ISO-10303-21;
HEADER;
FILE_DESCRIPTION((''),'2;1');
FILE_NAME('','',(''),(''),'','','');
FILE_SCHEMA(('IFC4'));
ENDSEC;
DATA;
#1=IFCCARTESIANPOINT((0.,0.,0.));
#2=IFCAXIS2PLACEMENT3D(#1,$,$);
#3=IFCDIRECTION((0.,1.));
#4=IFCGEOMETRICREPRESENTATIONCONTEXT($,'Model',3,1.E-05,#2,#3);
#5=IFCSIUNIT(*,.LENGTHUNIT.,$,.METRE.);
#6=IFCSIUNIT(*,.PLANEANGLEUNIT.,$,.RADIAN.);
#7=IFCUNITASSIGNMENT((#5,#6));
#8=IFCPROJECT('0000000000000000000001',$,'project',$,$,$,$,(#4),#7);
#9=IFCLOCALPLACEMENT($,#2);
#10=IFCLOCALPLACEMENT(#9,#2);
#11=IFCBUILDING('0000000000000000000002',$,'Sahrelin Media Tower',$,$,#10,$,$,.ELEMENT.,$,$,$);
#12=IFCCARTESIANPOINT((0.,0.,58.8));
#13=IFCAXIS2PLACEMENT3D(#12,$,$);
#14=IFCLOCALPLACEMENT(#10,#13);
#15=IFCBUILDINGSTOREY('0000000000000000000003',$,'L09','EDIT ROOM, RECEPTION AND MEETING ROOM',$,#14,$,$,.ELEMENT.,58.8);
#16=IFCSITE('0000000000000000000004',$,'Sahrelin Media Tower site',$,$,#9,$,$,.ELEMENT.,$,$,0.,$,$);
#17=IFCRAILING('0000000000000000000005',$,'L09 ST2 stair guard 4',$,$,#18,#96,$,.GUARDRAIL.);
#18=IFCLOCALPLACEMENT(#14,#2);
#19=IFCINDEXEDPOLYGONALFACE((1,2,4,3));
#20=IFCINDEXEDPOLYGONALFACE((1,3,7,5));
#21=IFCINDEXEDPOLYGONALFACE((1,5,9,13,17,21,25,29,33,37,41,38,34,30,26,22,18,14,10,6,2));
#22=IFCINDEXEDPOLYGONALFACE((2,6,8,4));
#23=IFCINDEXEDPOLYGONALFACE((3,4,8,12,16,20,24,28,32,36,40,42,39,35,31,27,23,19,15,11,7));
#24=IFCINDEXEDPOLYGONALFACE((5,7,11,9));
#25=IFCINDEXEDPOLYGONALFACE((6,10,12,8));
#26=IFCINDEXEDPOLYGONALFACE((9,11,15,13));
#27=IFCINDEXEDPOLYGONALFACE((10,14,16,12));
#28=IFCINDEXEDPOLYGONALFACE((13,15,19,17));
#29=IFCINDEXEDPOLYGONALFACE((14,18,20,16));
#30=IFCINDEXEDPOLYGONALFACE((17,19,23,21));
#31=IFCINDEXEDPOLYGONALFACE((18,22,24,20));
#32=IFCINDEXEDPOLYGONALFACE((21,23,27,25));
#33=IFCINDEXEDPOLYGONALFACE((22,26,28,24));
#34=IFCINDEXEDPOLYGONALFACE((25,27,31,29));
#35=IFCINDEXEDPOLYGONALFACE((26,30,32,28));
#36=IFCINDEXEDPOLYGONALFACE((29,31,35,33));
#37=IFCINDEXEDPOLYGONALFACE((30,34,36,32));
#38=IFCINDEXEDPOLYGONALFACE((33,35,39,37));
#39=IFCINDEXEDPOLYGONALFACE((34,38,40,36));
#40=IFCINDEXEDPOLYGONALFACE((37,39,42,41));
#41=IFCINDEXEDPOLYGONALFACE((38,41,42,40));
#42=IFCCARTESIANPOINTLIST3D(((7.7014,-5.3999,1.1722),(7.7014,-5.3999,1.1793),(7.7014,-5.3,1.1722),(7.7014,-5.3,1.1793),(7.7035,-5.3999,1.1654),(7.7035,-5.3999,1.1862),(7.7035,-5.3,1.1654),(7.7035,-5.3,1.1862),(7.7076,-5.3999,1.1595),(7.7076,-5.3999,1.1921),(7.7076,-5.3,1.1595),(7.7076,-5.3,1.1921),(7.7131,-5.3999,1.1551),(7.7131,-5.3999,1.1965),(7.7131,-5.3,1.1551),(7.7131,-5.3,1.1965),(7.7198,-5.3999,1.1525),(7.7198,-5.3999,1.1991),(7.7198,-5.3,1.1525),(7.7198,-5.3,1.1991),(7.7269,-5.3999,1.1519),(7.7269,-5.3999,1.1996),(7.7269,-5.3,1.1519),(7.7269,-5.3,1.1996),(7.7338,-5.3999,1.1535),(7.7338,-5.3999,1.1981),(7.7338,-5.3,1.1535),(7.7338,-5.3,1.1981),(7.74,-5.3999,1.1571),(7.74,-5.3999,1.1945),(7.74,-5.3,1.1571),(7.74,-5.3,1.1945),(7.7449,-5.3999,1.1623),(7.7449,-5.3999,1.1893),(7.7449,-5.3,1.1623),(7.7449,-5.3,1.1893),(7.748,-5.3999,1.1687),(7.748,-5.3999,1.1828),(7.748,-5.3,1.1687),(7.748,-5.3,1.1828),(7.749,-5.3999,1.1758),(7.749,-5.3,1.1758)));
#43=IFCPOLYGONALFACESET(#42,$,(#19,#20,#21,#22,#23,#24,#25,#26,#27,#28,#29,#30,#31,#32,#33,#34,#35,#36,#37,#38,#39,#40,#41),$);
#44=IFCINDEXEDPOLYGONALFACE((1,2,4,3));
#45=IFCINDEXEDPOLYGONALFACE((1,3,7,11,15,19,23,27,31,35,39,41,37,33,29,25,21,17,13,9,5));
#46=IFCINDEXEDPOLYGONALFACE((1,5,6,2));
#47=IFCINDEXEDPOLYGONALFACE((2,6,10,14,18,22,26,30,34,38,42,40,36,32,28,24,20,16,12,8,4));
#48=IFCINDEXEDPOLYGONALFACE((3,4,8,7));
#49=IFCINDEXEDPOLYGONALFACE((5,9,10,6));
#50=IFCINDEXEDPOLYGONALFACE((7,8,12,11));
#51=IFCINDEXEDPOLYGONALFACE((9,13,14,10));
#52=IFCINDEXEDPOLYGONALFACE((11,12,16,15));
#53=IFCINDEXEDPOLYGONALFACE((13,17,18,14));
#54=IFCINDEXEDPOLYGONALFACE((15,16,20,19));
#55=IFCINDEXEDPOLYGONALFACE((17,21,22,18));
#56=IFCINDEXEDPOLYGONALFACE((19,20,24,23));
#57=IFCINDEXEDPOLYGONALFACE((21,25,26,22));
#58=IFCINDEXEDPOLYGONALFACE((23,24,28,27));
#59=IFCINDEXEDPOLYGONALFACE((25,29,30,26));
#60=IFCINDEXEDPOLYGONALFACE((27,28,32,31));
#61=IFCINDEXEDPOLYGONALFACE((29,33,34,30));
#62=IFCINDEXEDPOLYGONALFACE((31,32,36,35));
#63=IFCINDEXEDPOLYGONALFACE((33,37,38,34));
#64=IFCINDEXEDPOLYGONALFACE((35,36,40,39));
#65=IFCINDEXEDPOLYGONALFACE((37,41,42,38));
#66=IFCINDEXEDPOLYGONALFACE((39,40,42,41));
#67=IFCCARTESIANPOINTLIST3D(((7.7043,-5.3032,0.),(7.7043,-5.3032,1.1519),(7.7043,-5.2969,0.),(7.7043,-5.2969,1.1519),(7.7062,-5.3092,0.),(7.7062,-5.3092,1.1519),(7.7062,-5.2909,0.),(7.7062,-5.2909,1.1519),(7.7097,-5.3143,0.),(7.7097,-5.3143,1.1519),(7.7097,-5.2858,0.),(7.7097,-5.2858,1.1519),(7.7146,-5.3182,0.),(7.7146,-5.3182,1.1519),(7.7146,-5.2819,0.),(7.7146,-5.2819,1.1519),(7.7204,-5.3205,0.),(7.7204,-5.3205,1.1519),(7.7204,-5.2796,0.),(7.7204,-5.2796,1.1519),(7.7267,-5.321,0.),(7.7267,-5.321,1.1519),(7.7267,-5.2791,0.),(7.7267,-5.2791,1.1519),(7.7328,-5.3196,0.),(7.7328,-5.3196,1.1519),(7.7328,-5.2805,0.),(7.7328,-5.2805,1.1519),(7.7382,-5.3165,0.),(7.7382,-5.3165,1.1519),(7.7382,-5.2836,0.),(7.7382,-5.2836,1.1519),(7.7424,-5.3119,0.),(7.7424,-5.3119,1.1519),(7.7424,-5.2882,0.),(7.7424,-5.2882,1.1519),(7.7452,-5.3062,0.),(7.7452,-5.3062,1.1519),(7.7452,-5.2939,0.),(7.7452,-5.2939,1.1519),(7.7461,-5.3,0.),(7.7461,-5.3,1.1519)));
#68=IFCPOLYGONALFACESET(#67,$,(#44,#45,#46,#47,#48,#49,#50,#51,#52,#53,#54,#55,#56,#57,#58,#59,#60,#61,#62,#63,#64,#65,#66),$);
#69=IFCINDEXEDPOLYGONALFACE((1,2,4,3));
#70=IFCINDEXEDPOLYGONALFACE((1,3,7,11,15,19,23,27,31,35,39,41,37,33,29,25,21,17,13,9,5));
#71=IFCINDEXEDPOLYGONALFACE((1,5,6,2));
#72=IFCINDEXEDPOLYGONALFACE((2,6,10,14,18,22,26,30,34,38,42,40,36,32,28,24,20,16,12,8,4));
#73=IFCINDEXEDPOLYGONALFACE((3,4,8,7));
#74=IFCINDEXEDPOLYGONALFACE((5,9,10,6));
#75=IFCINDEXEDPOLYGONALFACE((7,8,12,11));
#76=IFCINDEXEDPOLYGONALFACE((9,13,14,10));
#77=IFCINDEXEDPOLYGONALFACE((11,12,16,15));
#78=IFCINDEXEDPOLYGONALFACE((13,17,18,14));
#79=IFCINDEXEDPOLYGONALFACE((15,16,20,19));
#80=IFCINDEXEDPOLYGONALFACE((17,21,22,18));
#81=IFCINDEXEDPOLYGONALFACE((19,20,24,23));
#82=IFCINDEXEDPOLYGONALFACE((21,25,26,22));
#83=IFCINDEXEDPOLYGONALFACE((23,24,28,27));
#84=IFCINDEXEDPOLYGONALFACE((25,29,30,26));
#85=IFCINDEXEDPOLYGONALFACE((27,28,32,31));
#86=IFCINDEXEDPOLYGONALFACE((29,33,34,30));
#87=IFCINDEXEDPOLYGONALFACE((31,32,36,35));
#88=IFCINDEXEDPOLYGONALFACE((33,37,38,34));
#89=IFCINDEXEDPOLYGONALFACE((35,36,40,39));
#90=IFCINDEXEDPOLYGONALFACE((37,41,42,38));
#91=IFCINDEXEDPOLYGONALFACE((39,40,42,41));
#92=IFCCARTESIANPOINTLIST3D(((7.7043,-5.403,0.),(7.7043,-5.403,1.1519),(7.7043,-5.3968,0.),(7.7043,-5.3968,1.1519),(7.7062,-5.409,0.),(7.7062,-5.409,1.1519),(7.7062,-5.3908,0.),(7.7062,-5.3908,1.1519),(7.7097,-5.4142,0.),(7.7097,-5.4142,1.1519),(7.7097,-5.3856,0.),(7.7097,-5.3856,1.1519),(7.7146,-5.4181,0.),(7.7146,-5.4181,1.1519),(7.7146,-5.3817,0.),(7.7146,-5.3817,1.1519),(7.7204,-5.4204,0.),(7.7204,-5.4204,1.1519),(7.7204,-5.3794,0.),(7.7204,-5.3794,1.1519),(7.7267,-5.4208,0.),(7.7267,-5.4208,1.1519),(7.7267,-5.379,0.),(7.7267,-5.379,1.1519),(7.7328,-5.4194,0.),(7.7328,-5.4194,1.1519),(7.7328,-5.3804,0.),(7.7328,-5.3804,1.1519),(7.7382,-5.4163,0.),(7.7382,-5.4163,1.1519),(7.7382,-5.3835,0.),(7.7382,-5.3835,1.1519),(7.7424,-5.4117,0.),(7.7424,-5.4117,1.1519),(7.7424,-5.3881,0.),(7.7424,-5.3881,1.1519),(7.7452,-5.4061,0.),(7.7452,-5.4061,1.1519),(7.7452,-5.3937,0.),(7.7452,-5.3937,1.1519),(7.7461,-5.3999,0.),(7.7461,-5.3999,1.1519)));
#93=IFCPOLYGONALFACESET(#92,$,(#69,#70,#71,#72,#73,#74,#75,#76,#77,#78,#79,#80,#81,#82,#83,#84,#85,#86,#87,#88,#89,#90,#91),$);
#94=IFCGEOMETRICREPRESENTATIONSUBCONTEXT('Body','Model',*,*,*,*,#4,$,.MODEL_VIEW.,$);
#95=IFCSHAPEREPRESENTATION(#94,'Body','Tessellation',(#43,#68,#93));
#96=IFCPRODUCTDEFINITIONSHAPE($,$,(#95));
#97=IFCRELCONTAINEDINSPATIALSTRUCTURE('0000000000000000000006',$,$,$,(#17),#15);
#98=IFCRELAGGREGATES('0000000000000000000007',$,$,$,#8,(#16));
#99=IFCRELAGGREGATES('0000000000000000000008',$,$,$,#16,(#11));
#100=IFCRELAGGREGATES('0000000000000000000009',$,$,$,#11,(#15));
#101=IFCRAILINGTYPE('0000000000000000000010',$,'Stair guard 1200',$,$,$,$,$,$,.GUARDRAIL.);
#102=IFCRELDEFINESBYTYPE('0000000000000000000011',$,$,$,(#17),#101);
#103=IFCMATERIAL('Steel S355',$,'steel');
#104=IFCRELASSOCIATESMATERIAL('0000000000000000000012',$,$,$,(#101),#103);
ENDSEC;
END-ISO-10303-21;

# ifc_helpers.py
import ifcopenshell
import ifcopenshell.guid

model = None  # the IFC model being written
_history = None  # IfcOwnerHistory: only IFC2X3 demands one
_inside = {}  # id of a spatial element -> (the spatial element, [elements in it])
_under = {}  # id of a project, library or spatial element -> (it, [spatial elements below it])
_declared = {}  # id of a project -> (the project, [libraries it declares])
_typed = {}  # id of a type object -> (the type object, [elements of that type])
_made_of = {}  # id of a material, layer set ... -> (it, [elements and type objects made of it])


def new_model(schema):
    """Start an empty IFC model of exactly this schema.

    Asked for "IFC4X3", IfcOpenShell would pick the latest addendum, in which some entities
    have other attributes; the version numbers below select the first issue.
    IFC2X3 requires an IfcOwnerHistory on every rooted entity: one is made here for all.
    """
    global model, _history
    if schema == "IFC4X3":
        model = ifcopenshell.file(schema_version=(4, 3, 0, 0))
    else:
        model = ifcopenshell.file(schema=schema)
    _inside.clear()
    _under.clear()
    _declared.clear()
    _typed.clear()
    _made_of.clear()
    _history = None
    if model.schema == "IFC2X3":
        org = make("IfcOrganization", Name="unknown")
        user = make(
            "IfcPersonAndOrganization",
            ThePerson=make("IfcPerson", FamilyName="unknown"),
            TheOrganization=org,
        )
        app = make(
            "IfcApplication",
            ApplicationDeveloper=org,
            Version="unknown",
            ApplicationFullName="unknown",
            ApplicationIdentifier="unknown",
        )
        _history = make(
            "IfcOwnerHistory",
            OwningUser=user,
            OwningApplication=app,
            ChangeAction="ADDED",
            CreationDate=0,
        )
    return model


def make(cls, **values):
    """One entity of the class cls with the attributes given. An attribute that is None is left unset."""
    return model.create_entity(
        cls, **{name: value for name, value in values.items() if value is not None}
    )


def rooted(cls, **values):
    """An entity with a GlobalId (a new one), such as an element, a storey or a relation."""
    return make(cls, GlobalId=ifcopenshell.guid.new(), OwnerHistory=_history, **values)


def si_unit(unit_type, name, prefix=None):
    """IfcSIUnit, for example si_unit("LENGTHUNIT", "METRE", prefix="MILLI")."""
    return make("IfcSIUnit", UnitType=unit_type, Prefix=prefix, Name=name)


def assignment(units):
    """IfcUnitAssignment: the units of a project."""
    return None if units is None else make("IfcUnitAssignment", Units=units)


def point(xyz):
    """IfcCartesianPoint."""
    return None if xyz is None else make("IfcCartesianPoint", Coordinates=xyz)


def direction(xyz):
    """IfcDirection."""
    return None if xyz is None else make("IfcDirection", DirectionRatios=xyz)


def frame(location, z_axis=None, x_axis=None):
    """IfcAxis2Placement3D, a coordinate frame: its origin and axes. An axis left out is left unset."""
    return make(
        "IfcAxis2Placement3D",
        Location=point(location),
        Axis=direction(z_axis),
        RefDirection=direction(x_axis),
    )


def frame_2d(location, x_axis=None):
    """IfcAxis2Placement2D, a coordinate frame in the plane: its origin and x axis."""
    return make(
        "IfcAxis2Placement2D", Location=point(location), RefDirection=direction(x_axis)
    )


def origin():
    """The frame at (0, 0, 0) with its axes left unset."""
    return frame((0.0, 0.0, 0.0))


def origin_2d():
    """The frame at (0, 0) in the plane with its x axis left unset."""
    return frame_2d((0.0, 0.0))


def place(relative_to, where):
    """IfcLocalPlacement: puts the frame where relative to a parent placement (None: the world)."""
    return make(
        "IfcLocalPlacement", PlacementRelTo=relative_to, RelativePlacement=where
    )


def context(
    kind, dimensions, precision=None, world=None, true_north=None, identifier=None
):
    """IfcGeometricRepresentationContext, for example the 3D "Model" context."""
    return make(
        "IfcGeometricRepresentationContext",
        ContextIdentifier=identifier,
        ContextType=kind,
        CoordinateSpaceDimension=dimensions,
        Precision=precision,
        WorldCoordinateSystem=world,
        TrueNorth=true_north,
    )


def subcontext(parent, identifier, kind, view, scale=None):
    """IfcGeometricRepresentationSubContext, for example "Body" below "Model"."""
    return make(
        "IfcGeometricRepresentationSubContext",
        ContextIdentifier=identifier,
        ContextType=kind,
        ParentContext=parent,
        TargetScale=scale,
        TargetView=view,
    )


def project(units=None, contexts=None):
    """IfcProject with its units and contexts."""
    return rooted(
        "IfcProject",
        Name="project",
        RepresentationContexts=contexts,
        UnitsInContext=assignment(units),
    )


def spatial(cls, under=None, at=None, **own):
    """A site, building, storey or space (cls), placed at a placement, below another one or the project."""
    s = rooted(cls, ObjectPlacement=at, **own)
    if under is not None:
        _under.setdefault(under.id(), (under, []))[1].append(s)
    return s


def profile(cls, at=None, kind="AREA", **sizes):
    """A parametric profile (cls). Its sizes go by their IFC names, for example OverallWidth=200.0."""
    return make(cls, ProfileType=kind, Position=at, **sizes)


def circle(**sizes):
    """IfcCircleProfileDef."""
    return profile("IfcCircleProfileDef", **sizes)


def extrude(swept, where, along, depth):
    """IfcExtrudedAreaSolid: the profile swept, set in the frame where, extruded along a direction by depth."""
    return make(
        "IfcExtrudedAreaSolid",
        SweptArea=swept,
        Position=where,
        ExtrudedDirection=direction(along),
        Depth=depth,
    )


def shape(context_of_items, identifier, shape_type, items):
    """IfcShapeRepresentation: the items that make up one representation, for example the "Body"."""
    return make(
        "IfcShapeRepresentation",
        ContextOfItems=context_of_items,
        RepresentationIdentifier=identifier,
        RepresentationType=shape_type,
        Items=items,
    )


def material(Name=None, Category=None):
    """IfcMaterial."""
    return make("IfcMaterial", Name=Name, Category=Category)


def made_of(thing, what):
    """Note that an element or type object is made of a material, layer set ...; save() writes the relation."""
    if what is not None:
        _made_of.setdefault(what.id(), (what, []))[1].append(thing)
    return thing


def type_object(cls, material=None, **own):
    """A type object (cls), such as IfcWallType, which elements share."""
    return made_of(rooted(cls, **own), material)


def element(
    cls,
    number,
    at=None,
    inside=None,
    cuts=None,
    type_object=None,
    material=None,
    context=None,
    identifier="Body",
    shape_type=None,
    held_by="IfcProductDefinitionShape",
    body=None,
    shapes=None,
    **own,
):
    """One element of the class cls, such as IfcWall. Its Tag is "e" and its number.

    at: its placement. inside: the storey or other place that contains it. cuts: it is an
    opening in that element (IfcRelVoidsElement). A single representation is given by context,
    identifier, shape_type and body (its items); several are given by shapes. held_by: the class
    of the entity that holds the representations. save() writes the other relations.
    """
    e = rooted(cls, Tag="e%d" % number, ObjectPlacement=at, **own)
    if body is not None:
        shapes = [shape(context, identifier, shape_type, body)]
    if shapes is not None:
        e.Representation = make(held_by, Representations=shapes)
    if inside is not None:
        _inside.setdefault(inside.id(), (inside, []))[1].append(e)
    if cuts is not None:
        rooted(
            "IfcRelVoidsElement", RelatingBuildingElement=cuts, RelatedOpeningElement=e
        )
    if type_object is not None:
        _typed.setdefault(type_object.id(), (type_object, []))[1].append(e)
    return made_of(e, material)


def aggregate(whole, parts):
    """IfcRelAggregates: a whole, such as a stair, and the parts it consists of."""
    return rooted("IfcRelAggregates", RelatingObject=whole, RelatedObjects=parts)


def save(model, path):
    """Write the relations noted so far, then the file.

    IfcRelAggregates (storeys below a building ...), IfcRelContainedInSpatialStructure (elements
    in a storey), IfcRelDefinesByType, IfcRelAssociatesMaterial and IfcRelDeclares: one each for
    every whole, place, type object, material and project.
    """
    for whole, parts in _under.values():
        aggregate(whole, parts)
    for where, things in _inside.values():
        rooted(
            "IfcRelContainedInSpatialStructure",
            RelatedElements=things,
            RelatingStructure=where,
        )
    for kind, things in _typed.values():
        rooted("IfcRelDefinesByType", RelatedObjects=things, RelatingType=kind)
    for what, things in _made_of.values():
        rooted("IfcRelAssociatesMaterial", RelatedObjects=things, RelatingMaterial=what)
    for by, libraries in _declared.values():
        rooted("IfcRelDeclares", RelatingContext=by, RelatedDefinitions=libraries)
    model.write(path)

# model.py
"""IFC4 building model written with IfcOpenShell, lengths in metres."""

from ifc_helpers import new_model, si_unit, direction, frame, origin, origin_2d, place, context, subcontext, project, spatial, circle, extrude, material, type_object, element, save


model = new_model("IFC4")

# Units and contexts
model_context = context("Model", 3, precision=1e-05, world=origin(), true_north=direction((0.0, 1.0)))
body_context = subcontext(model_context, "Body", "Model", "MODEL_VIEW")
ifc_project = project(units=[si_unit("LENGTHUNIT", "METRE"), si_unit("PLANEANGLEUNIT", "RADIAN")], contexts=[model_context])

# Site, building, storey
site_placement = place(None, origin())
site = spatial("IfcSite", under=ifc_project, at=site_placement, Name="Sahrelin Media Tower site", CompositionType="ELEMENT", RefElevation=0.0)
building_placement = place(site_placement, origin())
building = spatial("IfcBuilding", under=site, at=building_placement, Name="Sahrelin Media Tower", CompositionType="ELEMENT")
storey_placement = place(building_placement, frame((0.0, 0.0, 58.8)))
storey = spatial("IfcBuildingStorey", under=building, at=storey_placement, Name="L09", Description="EDIT ROOM, RECEPTION AND MEETING ROOM", CompositionType="ELEMENT", Elevation=58.8)

# Railing
ifc_material_1 = material(Name="Steel S355", Category="steel")
railing_type_1 = type_object("IfcRailingType", Name="Stair guard 1200", PredefinedType="GUARDRAIL", material=ifc_material_1)
railing_1_placement = place(storey_placement, frame((7.7251, -5.3, 0.0)))
element("IfcRailing", 1, at=railing_1_placement, inside=storey, type_object=railing_type_1, Name="L09 ST2 stair guard 4", PredefinedType="GUARDRAIL", context=body_context, shape_type="SweptSolid", body=[
    extrude(circle(Radius=0.0239, at=origin_2d()), frame((0.0, 0.0, 1.1758), z_axis=(0.0, -1.0, 0.0), x_axis=(1.0, 0.0, 0.0)), (0.0, 0.0, 1.0), 0.0999),
    extrude(circle(Radius=0.021, at=origin_2d()), origin(), (0.0, 0.0, 1.0), 1.1519),
    extrude(circle(Radius=0.021, at=origin_2d()), frame((0.0, -0.0999, 0.0)), (0.0, 0.0, 1.0), 1.1519),
])

save(model, "model.ifc")
